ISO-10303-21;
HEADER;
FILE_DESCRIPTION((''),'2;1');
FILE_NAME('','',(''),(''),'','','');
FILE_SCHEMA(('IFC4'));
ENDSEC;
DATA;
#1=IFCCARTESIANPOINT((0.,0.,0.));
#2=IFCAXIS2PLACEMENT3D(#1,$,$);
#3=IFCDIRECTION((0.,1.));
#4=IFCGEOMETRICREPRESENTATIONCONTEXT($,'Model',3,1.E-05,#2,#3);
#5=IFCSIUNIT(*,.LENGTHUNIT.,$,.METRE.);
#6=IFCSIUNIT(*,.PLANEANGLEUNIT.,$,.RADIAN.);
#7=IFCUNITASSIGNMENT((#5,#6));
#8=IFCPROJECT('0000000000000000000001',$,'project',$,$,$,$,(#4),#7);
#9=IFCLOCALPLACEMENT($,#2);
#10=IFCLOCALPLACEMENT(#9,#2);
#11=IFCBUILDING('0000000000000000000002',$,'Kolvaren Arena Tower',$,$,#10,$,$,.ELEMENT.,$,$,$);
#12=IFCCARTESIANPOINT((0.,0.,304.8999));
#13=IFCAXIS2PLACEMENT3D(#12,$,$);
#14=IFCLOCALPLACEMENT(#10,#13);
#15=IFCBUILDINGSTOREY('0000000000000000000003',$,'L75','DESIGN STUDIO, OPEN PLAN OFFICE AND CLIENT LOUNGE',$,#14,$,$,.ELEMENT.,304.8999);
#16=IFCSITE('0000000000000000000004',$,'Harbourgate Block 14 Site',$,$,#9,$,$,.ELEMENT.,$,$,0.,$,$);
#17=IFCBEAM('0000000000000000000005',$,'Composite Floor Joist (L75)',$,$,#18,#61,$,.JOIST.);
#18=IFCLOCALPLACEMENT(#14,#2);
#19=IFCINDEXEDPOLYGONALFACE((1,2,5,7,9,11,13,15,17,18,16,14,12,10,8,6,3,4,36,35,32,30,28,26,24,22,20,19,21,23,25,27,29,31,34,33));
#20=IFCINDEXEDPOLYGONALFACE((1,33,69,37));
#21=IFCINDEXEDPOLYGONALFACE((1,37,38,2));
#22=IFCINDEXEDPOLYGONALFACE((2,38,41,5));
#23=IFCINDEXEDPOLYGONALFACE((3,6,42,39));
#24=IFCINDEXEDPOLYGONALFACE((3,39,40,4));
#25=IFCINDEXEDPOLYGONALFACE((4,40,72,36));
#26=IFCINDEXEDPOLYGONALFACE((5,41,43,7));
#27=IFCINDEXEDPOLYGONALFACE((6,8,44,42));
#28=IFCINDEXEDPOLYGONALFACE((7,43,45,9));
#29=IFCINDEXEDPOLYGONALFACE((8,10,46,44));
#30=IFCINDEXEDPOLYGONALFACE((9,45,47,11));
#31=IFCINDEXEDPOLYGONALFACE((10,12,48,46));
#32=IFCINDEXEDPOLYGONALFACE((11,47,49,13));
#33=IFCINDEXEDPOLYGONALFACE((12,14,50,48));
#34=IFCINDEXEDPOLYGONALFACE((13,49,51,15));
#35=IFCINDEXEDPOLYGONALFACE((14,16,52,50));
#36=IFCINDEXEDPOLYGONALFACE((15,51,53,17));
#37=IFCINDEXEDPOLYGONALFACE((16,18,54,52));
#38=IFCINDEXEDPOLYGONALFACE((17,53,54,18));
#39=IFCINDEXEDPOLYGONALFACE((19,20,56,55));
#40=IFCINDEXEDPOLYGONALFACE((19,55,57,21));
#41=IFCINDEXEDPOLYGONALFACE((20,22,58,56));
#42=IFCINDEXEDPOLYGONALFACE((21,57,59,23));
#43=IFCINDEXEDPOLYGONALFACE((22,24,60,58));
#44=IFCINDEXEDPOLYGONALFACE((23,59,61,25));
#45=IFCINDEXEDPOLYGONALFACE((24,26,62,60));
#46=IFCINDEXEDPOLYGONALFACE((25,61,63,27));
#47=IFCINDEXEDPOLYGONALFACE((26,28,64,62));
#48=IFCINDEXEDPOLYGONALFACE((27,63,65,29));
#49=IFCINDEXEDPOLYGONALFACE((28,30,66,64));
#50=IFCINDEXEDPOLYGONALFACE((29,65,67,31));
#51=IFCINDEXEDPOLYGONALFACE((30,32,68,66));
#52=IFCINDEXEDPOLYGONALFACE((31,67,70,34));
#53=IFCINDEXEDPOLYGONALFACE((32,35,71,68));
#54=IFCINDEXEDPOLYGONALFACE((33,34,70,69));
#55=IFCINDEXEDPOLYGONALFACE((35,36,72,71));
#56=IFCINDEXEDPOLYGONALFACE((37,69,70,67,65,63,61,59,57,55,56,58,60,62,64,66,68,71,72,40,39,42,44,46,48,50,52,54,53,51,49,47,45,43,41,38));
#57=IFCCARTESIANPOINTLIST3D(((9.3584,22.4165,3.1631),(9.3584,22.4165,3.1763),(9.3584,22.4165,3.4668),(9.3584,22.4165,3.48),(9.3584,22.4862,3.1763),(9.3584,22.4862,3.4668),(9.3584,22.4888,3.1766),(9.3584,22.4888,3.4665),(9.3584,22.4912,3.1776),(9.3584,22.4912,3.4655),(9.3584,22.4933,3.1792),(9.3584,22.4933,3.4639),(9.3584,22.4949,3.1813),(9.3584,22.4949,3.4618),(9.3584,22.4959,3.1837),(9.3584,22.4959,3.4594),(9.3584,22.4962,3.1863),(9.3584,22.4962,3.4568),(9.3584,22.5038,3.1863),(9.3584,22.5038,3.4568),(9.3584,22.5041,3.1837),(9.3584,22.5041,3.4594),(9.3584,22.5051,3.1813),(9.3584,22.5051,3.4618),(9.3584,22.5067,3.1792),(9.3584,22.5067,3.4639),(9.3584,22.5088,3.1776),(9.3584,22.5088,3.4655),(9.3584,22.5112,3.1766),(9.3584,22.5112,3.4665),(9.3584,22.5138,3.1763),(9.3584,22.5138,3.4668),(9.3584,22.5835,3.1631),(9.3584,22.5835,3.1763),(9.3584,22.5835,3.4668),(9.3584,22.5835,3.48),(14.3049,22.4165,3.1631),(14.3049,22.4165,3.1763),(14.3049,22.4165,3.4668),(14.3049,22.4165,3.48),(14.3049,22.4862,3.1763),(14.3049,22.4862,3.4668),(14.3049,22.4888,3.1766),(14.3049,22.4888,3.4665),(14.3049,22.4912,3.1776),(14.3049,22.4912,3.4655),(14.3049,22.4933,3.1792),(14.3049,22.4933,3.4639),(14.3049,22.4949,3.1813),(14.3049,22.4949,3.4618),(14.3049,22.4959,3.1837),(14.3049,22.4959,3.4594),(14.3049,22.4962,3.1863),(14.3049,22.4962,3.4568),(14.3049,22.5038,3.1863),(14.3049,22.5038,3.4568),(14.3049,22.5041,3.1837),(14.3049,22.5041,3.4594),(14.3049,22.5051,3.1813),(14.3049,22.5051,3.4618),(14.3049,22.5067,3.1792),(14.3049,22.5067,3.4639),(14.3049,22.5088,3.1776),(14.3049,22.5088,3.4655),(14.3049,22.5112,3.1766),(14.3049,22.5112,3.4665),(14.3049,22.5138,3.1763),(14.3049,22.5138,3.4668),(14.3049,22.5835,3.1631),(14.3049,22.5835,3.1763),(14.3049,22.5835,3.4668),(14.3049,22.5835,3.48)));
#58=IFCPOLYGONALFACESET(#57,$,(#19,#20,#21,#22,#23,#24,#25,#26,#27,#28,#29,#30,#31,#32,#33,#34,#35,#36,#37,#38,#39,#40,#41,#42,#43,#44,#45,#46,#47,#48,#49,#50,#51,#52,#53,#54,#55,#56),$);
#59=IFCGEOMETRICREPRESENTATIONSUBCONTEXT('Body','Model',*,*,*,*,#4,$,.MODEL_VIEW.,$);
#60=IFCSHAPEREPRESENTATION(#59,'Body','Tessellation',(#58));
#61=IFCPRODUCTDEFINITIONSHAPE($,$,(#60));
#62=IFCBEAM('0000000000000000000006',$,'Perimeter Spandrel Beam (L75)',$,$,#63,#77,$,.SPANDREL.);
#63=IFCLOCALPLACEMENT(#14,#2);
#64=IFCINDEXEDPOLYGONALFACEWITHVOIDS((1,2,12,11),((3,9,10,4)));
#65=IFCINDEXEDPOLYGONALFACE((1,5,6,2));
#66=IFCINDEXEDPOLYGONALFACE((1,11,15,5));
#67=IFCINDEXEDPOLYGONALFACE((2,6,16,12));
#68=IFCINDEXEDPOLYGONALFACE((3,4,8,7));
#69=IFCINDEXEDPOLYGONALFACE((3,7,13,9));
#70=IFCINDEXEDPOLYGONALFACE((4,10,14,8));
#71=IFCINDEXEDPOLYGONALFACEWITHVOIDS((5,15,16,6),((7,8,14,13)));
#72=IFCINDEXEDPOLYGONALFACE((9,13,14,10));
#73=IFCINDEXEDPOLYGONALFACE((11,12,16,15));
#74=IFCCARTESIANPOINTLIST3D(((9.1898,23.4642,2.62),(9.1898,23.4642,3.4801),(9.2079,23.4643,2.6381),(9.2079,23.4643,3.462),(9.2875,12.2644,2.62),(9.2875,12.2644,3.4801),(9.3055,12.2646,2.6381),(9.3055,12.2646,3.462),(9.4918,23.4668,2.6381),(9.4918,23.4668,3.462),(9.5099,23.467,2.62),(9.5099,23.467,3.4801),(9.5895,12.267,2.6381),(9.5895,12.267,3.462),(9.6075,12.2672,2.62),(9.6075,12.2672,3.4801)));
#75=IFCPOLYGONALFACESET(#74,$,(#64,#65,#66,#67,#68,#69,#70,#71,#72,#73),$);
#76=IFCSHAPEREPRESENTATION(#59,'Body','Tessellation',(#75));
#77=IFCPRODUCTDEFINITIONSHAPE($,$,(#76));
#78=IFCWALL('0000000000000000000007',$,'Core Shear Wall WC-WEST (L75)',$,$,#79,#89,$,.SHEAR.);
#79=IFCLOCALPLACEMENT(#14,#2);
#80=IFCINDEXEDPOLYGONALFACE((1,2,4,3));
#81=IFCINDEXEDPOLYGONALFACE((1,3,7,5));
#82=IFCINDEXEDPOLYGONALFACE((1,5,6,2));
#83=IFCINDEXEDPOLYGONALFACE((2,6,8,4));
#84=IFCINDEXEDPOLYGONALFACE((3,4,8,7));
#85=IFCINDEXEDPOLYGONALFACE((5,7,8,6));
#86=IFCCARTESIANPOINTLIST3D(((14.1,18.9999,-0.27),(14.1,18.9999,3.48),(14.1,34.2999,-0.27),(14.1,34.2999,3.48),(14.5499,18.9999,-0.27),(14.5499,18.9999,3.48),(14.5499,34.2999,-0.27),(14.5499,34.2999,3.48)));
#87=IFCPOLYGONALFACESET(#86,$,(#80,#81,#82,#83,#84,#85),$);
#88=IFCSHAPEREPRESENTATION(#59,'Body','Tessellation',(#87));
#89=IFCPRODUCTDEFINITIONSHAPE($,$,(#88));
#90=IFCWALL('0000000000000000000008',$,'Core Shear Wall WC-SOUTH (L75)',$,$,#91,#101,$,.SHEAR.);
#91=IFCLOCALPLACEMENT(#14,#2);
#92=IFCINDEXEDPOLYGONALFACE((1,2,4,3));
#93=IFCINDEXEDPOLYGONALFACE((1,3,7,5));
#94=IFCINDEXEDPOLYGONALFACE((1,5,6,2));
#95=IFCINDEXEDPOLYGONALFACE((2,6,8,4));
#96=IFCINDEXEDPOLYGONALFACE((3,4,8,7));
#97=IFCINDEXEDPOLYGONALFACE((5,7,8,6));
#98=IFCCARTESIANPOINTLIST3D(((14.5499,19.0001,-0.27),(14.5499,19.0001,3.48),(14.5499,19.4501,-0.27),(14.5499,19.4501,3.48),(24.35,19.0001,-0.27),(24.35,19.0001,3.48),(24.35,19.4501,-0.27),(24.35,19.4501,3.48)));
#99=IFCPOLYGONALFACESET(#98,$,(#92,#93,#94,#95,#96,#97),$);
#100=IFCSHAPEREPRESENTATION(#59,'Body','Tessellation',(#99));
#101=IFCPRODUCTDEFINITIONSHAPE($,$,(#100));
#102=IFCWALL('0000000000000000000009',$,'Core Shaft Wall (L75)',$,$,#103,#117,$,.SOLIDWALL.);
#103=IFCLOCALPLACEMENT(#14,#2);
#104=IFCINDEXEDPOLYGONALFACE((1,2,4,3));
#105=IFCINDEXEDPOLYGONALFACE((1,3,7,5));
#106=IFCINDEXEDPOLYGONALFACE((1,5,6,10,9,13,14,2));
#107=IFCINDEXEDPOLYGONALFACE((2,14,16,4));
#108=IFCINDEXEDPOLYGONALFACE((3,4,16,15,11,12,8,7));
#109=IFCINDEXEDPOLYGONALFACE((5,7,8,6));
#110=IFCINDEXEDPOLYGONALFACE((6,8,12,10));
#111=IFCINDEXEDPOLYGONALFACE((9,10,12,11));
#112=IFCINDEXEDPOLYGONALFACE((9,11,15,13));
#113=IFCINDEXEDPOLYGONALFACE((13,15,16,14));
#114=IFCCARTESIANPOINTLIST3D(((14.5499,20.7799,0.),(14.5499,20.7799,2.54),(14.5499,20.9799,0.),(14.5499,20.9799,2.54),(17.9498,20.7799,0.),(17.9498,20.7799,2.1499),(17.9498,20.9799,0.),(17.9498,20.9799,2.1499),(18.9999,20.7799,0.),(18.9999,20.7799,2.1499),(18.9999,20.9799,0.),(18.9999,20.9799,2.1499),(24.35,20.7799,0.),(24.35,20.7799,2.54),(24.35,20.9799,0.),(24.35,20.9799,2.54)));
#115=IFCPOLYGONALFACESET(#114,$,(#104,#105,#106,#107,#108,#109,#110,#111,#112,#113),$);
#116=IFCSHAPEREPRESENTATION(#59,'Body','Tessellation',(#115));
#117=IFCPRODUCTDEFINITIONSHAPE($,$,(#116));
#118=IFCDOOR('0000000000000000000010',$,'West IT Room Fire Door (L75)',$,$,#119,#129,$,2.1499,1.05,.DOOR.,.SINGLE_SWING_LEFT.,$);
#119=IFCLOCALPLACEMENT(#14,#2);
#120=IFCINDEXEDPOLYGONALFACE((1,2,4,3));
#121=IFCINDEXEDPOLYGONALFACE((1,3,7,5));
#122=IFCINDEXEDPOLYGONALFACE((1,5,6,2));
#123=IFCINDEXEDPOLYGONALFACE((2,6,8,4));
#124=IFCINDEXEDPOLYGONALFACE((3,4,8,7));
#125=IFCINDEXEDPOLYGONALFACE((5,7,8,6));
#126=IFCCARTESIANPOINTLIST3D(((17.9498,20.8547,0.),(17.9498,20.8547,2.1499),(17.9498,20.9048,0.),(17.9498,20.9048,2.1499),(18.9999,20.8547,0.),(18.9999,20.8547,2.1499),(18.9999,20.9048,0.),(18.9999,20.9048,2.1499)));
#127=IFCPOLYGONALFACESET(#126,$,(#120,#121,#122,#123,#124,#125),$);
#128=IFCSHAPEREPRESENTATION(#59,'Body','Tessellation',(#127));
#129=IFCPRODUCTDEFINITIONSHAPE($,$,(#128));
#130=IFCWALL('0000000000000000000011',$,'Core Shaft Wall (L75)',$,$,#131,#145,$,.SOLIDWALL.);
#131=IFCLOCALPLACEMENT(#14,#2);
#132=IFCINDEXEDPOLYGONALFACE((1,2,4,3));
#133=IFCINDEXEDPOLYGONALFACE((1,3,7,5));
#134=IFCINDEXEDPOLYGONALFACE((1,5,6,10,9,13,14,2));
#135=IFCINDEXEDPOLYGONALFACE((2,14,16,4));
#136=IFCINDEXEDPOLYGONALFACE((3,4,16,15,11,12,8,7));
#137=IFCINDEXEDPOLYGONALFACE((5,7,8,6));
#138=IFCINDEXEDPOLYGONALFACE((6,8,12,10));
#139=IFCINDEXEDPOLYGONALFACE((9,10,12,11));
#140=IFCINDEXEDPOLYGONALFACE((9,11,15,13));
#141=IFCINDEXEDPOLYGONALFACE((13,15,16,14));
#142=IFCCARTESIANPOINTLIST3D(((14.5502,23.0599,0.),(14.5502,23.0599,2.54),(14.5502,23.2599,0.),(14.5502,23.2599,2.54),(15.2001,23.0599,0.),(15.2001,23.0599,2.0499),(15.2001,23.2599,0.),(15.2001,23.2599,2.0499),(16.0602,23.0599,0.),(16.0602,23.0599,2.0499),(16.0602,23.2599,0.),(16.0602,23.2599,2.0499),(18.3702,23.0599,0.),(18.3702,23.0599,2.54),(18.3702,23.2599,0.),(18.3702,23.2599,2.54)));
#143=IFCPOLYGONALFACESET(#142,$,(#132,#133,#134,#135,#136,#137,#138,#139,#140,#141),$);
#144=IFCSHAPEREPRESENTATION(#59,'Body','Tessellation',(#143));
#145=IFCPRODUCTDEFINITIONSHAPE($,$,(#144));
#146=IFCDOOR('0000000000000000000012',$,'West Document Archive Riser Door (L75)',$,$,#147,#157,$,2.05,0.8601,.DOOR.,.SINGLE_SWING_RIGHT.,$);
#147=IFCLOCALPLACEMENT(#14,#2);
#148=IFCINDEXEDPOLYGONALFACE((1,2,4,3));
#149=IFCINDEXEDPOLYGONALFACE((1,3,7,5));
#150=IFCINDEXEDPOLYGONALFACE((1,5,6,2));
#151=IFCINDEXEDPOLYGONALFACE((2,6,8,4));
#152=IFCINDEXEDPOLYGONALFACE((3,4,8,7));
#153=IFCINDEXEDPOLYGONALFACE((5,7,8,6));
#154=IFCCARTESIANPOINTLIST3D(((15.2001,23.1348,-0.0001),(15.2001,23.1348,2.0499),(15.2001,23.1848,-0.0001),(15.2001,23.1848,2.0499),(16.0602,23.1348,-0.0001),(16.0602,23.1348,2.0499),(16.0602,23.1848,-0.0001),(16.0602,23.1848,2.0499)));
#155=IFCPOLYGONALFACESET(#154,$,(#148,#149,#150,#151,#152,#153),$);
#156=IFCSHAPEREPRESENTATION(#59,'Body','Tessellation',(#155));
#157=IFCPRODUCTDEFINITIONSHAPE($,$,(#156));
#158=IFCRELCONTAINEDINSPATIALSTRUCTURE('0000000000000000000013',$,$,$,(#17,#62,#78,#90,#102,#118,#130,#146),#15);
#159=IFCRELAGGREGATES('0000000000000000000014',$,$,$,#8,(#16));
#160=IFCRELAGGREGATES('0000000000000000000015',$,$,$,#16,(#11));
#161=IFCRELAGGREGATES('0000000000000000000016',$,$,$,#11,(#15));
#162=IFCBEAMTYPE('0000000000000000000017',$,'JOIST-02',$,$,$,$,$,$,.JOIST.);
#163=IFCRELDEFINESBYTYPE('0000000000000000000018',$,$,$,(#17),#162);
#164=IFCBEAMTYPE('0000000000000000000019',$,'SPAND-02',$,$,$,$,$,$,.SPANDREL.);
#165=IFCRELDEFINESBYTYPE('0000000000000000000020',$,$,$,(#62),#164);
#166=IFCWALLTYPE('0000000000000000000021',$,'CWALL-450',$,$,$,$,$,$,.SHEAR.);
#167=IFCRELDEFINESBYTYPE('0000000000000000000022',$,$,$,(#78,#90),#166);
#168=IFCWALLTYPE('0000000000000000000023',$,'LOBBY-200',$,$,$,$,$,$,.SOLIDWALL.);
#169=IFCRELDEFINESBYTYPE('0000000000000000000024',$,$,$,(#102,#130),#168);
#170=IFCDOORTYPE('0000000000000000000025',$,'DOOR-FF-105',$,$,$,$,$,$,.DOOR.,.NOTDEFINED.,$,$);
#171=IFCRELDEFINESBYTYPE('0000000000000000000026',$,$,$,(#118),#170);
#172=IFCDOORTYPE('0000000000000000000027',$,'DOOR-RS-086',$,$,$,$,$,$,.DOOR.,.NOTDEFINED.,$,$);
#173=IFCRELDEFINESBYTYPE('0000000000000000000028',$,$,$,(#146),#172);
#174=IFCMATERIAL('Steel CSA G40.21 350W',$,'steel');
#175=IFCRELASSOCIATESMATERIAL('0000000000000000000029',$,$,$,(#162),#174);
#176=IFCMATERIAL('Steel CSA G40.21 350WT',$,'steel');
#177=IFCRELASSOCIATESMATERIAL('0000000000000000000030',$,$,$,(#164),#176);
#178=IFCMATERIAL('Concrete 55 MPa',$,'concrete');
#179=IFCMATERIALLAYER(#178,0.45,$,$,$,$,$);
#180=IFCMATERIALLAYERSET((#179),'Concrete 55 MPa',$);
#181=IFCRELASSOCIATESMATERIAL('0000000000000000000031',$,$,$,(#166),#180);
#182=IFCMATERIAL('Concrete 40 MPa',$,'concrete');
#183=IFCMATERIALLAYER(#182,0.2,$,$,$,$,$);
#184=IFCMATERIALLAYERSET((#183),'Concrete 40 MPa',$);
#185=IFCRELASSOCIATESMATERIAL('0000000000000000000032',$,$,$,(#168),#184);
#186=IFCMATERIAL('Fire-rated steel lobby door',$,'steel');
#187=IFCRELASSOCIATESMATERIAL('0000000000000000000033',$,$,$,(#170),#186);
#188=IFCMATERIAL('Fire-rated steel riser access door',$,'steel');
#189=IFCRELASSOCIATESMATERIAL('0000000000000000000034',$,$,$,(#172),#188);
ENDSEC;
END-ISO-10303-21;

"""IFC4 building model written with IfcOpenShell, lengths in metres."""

from ifc_helpers import new_model, si_unit, direction, frame, frame_2d, origin, origin_2d, place, context, subcontext, project, spatial, rectangle, hollow_rectangle, i_section, extrude, material, layer, layer_set, material_profile, profile_set, type_object, element, fill, save


model = new_model("IFC4")

# Units and contexts
model_context = context("Model", 3, precision=1e-05, world=origin(), true_north=direction((0.0, 1.0)))
body_context = subcontext(model_context, "Body", "Model", "MODEL_VIEW")
ifc_project = project(units=[si_unit("LENGTHUNIT", "METRE"), si_unit("PLANEANGLEUNIT", "RADIAN")], contexts=[model_context])

# Site, building, storey
site_placement = place(None, origin())
site = spatial("IfcSite", under=ifc_project, at=site_placement, Name="Harbourgate Block 14 Site", CompositionType="ELEMENT", RefElevation=0.0)
building_placement = place(site_placement, origin())
building = spatial("IfcBuilding", under=site, at=building_placement, Name="Kolvaren Arena Tower", CompositionType="ELEMENT")
storey_placement = place(building_placement, frame((0.0, 0.0, 304.8999)))
storey = spatial("IfcBuildingStorey", under=building, at=storey_placement, Name="L75", Description="DESIGN STUDIO, OPEN PLAN OFFICE AND CLIENT LOUNGE", CompositionType="ELEMENT", Elevation=304.8999)

# Beams
ifc_material_1 = material(Name="Steel CSA G40.21 350W", Category="steel")
ifc_material_profile_1 = material_profile(ifc_material_1, i_section(OverallWidth=0.167, OverallDepth=0.3169, WebThickness=0.0076, FlangeThickness=0.0132, FilletRadius=0.01, at=origin_2d()), Name="W310x52")
ifc_profile_set_1 = profile_set([ifc_material_profile_1], Name="Steel CSA G40.21 350W")
beam_type_1 = type_object("IfcBeamType", Name="JOIST-02", PredefinedType="JOIST", material=ifc_profile_set_1)
beam_1_placement = place(storey_placement, frame((9.3584, 22.5, 3.3215), z_axis=(1.0, 0.0, 0.0), x_axis=(0.0, 1.0, 0.0)))
element("IfcBeam", 1, at=beam_1_placement, inside=storey, type_object=beam_type_1, Name="Composite Floor Joist (L75)", PredefinedType="JOIST", context=body_context, shape_type="SweptSolid", body=[
    extrude(i_section(OverallWidth=0.167, OverallDepth=0.3169, WebThickness=0.0076, FlangeThickness=0.0132, FilletRadius=0.01, at=origin_2d()), origin(), (0.0, 0.0, 1.0), 4.9465),
])
ifc_material_2 = material(Name="Steel CSA G40.21 350WT", Category="steel")
ifc_material_profile_2 = material_profile(ifc_material_2, hollow_rectangle(XDim=0.3201, YDim=0.8601, WallThickness=0.0181, at=origin_2d()), Name="HSS 860x320x18")
ifc_profile_set_2 = profile_set([ifc_material_profile_2], Name="Steel CSA G40.21 350WT")
beam_type_2 = type_object("IfcBeamType", Name="SPAND-02", PredefinedType="SPANDREL", material=ifc_profile_set_2)
beam_2_placement = place(storey_placement, frame((9.3499, 23.4656, 3.05), z_axis=(0.008719, -0.999962, 0.0), x_axis=(0.999962, 0.008719, 0.0)))
element("IfcBeam", 2, at=beam_2_placement, inside=storey, type_object=beam_type_2, Name="Perimeter Spandrel Beam (L75)", PredefinedType="SPANDREL", context=body_context, shape_type="SweptSolid", body=[
    extrude(hollow_rectangle(XDim=0.3201, YDim=0.8601, WallThickness=0.0181, at=origin_2d()), origin(), (0.0, 0.0, 1.0), 11.2002),
])

# Walls
ifc_material_3 = material(Name="Concrete 55 MPa", Category="concrete")
ifc_layer_1 = layer(ifc_material_3, 0.45)
ifc_layer_set_1 = layer_set([ifc_layer_1], Name="Concrete 55 MPa")
wall_type_1 = type_object("IfcWallType", Name="CWALL-450", PredefinedType="SHEAR", material=ifc_layer_set_1)
wall_1_placement = place(storey_placement, frame((14.325, 19.0, -0.27), z_axis=(0.0, 0.0, 1.0), x_axis=(0.0, 1.0, 0.0)))
element("IfcWall", 3, at=wall_1_placement, inside=storey, type_object=wall_type_1, Name="Core Shear Wall WC-WEST (L75)", PredefinedType="SHEAR", context=body_context, shape_type="SweptSolid", body=[
    extrude(rectangle(XDim=15.3, YDim=0.45, at=frame_2d((7.6499, 0.0))), origin(), (0.0, 0.0, 1.0), 3.75),
])
wall_2_placement = place(storey_placement, frame((14.55, 19.2251, -0.27), z_axis=(0.0, 0.0, 1.0), x_axis=(1.0, 0.0, 0.0)))
element("IfcWall", 4, at=wall_2_placement, inside=storey, type_object=wall_type_1, Name="Core Shear Wall WC-SOUTH (L75)", PredefinedType="SHEAR", context=body_context, shape_type="SweptSolid", body=[
    extrude(rectangle(XDim=9.8, YDim=0.45, at=frame_2d((4.8999, 0.0))), origin(), (0.0, 0.0, 1.0), 3.75),
])

# Walls, openings, doors
ifc_material_4 = material(Name="Concrete 40 MPa", Category="concrete")
ifc_layer_2 = layer(ifc_material_4, 0.2)
ifc_layer_set_2 = layer_set([ifc_layer_2], Name="Concrete 40 MPa")
wall_type_2 = type_object("IfcWallType", Name="LOBBY-200", PredefinedType="SOLIDWALL", material=ifc_layer_set_2)
wall_3_placement = place(storey_placement, frame((14.55, 20.8799, 0.0), z_axis=(0.0, 0.0, 1.0), x_axis=(1.0, 0.0, 0.0)))
wall_3 = element("IfcWall", 5, at=wall_3_placement, inside=storey, type_object=wall_type_2, Name="Core Shaft Wall (L75)", PredefinedType="SOLIDWALL", context=body_context, shape_type="SweptSolid", body=[
    extrude(rectangle(XDim=9.8, YDim=0.2, at=frame_2d((4.8999, 0.0))), origin(), (0.0, 0.0, 1.0), 2.54),
])
opening_1_placement = place(wall_3_placement, frame((3.3999, 0.0, 0.0)))
opening_1 = element("IfcOpeningElement", 6, at=opening_1_placement, cuts=wall_3, PredefinedType="OPENING", context=body_context, shape_type="SweptSolid", body=[
    extrude(rectangle(XDim=1.05, YDim=2.1499, at=frame_2d((0.5249, 1.075))), frame((0.0, 0.1099, 0.0), z_axis=(0.0, -1.0, 0.0), x_axis=(1.0, 0.0, 0.0)), (0.0, 0.0, 1.0), 0.22),
])
ifc_material_5 = material(Name="Fire-rated steel lobby door", Category="steel")
door_type_1 = type_object("IfcDoorType", Name="DOOR-FF-105", OperationType="NOTDEFINED", PredefinedType="DOOR", material=ifc_material_5)
door_1_placement = place(opening_1_placement, origin())
door_1 = element("IfcDoor", 7, at=door_1_placement, inside=storey, type_object=door_type_1, Name="West IT Room Fire Door (L75)", OperationType="SINGLE_SWING_LEFT", OverallHeight=2.1499, OverallWidth=1.05, PredefinedType="DOOR", context=body_context, shape_type="SweptSolid", body=[
    extrude(rectangle(XDim=1.05, YDim=2.1499, at=frame_2d((0.5249, 1.075))), frame((0.0, 0.0249, 0.0), z_axis=(0.0, -1.0, 0.0), x_axis=(1.0, 0.0, 0.0)), (0.0, 0.0, 1.0), 0.05),
])
fill(opening_1, door_1)
wall_4_placement = place(storey_placement, frame((14.55, 23.1599, 0.0), z_axis=(0.0, 0.0, 1.0), x_axis=(1.0, 0.0, 0.0)))
wall_4 = element("IfcWall", 8, at=wall_4_placement, inside=storey, type_object=wall_type_2, Name="Core Shaft Wall (L75)", PredefinedType="SOLIDWALL", context=body_context, shape_type="SweptSolid", body=[
    extrude(rectangle(XDim=3.8201, YDim=0.2, at=frame_2d((1.9102, 0.0))), origin(), (0.0, 0.0, 1.0), 2.54),
])
opening_2_placement = place(wall_4_placement, frame((0.6499, 0.0, 0.0)))
opening_2 = element("IfcOpeningElement", 9, at=opening_2_placement, cuts=wall_4, PredefinedType="OPENING", context=body_context, shape_type="SweptSolid", body=[
    extrude(rectangle(XDim=0.8601, YDim=2.05, at=frame_2d((0.4302, 1.0249))), frame((0.0, 0.1099, 0.0), z_axis=(0.0, -1.0, 0.0), x_axis=(1.0, 0.0, 0.0)), (0.0, 0.0, 1.0), 0.22),
])
ifc_material_6 = material(Name="Fire-rated steel riser access door", Category="steel")
door_type_2 = type_object("IfcDoorType", Name="DOOR-RS-086", OperationType="NOTDEFINED", PredefinedType="DOOR", material=ifc_material_6)
door_2_placement = place(opening_2_placement, origin())
door_2 = element("IfcDoor", 10, at=door_2_placement, inside=storey, type_object=door_type_2, Name="West Document Archive Riser Door (L75)", OperationType="SINGLE_SWING_RIGHT", OverallHeight=2.05, OverallWidth=0.8601, PredefinedType="DOOR", context=body_context, shape_type="SweptSolid", body=[
    extrude(rectangle(XDim=0.8601, YDim=2.05, at=frame_2d((0.4302, 1.0249))), frame((0.0, 0.0249, 0.0), z_axis=(0.0, -1.0, 0.0), x_axis=(1.0, 0.0, 0.0)), (0.0, 0.0, 1.0), 0.05),
])
fill(opening_2, door_2)

save(model, "model.ifc")
